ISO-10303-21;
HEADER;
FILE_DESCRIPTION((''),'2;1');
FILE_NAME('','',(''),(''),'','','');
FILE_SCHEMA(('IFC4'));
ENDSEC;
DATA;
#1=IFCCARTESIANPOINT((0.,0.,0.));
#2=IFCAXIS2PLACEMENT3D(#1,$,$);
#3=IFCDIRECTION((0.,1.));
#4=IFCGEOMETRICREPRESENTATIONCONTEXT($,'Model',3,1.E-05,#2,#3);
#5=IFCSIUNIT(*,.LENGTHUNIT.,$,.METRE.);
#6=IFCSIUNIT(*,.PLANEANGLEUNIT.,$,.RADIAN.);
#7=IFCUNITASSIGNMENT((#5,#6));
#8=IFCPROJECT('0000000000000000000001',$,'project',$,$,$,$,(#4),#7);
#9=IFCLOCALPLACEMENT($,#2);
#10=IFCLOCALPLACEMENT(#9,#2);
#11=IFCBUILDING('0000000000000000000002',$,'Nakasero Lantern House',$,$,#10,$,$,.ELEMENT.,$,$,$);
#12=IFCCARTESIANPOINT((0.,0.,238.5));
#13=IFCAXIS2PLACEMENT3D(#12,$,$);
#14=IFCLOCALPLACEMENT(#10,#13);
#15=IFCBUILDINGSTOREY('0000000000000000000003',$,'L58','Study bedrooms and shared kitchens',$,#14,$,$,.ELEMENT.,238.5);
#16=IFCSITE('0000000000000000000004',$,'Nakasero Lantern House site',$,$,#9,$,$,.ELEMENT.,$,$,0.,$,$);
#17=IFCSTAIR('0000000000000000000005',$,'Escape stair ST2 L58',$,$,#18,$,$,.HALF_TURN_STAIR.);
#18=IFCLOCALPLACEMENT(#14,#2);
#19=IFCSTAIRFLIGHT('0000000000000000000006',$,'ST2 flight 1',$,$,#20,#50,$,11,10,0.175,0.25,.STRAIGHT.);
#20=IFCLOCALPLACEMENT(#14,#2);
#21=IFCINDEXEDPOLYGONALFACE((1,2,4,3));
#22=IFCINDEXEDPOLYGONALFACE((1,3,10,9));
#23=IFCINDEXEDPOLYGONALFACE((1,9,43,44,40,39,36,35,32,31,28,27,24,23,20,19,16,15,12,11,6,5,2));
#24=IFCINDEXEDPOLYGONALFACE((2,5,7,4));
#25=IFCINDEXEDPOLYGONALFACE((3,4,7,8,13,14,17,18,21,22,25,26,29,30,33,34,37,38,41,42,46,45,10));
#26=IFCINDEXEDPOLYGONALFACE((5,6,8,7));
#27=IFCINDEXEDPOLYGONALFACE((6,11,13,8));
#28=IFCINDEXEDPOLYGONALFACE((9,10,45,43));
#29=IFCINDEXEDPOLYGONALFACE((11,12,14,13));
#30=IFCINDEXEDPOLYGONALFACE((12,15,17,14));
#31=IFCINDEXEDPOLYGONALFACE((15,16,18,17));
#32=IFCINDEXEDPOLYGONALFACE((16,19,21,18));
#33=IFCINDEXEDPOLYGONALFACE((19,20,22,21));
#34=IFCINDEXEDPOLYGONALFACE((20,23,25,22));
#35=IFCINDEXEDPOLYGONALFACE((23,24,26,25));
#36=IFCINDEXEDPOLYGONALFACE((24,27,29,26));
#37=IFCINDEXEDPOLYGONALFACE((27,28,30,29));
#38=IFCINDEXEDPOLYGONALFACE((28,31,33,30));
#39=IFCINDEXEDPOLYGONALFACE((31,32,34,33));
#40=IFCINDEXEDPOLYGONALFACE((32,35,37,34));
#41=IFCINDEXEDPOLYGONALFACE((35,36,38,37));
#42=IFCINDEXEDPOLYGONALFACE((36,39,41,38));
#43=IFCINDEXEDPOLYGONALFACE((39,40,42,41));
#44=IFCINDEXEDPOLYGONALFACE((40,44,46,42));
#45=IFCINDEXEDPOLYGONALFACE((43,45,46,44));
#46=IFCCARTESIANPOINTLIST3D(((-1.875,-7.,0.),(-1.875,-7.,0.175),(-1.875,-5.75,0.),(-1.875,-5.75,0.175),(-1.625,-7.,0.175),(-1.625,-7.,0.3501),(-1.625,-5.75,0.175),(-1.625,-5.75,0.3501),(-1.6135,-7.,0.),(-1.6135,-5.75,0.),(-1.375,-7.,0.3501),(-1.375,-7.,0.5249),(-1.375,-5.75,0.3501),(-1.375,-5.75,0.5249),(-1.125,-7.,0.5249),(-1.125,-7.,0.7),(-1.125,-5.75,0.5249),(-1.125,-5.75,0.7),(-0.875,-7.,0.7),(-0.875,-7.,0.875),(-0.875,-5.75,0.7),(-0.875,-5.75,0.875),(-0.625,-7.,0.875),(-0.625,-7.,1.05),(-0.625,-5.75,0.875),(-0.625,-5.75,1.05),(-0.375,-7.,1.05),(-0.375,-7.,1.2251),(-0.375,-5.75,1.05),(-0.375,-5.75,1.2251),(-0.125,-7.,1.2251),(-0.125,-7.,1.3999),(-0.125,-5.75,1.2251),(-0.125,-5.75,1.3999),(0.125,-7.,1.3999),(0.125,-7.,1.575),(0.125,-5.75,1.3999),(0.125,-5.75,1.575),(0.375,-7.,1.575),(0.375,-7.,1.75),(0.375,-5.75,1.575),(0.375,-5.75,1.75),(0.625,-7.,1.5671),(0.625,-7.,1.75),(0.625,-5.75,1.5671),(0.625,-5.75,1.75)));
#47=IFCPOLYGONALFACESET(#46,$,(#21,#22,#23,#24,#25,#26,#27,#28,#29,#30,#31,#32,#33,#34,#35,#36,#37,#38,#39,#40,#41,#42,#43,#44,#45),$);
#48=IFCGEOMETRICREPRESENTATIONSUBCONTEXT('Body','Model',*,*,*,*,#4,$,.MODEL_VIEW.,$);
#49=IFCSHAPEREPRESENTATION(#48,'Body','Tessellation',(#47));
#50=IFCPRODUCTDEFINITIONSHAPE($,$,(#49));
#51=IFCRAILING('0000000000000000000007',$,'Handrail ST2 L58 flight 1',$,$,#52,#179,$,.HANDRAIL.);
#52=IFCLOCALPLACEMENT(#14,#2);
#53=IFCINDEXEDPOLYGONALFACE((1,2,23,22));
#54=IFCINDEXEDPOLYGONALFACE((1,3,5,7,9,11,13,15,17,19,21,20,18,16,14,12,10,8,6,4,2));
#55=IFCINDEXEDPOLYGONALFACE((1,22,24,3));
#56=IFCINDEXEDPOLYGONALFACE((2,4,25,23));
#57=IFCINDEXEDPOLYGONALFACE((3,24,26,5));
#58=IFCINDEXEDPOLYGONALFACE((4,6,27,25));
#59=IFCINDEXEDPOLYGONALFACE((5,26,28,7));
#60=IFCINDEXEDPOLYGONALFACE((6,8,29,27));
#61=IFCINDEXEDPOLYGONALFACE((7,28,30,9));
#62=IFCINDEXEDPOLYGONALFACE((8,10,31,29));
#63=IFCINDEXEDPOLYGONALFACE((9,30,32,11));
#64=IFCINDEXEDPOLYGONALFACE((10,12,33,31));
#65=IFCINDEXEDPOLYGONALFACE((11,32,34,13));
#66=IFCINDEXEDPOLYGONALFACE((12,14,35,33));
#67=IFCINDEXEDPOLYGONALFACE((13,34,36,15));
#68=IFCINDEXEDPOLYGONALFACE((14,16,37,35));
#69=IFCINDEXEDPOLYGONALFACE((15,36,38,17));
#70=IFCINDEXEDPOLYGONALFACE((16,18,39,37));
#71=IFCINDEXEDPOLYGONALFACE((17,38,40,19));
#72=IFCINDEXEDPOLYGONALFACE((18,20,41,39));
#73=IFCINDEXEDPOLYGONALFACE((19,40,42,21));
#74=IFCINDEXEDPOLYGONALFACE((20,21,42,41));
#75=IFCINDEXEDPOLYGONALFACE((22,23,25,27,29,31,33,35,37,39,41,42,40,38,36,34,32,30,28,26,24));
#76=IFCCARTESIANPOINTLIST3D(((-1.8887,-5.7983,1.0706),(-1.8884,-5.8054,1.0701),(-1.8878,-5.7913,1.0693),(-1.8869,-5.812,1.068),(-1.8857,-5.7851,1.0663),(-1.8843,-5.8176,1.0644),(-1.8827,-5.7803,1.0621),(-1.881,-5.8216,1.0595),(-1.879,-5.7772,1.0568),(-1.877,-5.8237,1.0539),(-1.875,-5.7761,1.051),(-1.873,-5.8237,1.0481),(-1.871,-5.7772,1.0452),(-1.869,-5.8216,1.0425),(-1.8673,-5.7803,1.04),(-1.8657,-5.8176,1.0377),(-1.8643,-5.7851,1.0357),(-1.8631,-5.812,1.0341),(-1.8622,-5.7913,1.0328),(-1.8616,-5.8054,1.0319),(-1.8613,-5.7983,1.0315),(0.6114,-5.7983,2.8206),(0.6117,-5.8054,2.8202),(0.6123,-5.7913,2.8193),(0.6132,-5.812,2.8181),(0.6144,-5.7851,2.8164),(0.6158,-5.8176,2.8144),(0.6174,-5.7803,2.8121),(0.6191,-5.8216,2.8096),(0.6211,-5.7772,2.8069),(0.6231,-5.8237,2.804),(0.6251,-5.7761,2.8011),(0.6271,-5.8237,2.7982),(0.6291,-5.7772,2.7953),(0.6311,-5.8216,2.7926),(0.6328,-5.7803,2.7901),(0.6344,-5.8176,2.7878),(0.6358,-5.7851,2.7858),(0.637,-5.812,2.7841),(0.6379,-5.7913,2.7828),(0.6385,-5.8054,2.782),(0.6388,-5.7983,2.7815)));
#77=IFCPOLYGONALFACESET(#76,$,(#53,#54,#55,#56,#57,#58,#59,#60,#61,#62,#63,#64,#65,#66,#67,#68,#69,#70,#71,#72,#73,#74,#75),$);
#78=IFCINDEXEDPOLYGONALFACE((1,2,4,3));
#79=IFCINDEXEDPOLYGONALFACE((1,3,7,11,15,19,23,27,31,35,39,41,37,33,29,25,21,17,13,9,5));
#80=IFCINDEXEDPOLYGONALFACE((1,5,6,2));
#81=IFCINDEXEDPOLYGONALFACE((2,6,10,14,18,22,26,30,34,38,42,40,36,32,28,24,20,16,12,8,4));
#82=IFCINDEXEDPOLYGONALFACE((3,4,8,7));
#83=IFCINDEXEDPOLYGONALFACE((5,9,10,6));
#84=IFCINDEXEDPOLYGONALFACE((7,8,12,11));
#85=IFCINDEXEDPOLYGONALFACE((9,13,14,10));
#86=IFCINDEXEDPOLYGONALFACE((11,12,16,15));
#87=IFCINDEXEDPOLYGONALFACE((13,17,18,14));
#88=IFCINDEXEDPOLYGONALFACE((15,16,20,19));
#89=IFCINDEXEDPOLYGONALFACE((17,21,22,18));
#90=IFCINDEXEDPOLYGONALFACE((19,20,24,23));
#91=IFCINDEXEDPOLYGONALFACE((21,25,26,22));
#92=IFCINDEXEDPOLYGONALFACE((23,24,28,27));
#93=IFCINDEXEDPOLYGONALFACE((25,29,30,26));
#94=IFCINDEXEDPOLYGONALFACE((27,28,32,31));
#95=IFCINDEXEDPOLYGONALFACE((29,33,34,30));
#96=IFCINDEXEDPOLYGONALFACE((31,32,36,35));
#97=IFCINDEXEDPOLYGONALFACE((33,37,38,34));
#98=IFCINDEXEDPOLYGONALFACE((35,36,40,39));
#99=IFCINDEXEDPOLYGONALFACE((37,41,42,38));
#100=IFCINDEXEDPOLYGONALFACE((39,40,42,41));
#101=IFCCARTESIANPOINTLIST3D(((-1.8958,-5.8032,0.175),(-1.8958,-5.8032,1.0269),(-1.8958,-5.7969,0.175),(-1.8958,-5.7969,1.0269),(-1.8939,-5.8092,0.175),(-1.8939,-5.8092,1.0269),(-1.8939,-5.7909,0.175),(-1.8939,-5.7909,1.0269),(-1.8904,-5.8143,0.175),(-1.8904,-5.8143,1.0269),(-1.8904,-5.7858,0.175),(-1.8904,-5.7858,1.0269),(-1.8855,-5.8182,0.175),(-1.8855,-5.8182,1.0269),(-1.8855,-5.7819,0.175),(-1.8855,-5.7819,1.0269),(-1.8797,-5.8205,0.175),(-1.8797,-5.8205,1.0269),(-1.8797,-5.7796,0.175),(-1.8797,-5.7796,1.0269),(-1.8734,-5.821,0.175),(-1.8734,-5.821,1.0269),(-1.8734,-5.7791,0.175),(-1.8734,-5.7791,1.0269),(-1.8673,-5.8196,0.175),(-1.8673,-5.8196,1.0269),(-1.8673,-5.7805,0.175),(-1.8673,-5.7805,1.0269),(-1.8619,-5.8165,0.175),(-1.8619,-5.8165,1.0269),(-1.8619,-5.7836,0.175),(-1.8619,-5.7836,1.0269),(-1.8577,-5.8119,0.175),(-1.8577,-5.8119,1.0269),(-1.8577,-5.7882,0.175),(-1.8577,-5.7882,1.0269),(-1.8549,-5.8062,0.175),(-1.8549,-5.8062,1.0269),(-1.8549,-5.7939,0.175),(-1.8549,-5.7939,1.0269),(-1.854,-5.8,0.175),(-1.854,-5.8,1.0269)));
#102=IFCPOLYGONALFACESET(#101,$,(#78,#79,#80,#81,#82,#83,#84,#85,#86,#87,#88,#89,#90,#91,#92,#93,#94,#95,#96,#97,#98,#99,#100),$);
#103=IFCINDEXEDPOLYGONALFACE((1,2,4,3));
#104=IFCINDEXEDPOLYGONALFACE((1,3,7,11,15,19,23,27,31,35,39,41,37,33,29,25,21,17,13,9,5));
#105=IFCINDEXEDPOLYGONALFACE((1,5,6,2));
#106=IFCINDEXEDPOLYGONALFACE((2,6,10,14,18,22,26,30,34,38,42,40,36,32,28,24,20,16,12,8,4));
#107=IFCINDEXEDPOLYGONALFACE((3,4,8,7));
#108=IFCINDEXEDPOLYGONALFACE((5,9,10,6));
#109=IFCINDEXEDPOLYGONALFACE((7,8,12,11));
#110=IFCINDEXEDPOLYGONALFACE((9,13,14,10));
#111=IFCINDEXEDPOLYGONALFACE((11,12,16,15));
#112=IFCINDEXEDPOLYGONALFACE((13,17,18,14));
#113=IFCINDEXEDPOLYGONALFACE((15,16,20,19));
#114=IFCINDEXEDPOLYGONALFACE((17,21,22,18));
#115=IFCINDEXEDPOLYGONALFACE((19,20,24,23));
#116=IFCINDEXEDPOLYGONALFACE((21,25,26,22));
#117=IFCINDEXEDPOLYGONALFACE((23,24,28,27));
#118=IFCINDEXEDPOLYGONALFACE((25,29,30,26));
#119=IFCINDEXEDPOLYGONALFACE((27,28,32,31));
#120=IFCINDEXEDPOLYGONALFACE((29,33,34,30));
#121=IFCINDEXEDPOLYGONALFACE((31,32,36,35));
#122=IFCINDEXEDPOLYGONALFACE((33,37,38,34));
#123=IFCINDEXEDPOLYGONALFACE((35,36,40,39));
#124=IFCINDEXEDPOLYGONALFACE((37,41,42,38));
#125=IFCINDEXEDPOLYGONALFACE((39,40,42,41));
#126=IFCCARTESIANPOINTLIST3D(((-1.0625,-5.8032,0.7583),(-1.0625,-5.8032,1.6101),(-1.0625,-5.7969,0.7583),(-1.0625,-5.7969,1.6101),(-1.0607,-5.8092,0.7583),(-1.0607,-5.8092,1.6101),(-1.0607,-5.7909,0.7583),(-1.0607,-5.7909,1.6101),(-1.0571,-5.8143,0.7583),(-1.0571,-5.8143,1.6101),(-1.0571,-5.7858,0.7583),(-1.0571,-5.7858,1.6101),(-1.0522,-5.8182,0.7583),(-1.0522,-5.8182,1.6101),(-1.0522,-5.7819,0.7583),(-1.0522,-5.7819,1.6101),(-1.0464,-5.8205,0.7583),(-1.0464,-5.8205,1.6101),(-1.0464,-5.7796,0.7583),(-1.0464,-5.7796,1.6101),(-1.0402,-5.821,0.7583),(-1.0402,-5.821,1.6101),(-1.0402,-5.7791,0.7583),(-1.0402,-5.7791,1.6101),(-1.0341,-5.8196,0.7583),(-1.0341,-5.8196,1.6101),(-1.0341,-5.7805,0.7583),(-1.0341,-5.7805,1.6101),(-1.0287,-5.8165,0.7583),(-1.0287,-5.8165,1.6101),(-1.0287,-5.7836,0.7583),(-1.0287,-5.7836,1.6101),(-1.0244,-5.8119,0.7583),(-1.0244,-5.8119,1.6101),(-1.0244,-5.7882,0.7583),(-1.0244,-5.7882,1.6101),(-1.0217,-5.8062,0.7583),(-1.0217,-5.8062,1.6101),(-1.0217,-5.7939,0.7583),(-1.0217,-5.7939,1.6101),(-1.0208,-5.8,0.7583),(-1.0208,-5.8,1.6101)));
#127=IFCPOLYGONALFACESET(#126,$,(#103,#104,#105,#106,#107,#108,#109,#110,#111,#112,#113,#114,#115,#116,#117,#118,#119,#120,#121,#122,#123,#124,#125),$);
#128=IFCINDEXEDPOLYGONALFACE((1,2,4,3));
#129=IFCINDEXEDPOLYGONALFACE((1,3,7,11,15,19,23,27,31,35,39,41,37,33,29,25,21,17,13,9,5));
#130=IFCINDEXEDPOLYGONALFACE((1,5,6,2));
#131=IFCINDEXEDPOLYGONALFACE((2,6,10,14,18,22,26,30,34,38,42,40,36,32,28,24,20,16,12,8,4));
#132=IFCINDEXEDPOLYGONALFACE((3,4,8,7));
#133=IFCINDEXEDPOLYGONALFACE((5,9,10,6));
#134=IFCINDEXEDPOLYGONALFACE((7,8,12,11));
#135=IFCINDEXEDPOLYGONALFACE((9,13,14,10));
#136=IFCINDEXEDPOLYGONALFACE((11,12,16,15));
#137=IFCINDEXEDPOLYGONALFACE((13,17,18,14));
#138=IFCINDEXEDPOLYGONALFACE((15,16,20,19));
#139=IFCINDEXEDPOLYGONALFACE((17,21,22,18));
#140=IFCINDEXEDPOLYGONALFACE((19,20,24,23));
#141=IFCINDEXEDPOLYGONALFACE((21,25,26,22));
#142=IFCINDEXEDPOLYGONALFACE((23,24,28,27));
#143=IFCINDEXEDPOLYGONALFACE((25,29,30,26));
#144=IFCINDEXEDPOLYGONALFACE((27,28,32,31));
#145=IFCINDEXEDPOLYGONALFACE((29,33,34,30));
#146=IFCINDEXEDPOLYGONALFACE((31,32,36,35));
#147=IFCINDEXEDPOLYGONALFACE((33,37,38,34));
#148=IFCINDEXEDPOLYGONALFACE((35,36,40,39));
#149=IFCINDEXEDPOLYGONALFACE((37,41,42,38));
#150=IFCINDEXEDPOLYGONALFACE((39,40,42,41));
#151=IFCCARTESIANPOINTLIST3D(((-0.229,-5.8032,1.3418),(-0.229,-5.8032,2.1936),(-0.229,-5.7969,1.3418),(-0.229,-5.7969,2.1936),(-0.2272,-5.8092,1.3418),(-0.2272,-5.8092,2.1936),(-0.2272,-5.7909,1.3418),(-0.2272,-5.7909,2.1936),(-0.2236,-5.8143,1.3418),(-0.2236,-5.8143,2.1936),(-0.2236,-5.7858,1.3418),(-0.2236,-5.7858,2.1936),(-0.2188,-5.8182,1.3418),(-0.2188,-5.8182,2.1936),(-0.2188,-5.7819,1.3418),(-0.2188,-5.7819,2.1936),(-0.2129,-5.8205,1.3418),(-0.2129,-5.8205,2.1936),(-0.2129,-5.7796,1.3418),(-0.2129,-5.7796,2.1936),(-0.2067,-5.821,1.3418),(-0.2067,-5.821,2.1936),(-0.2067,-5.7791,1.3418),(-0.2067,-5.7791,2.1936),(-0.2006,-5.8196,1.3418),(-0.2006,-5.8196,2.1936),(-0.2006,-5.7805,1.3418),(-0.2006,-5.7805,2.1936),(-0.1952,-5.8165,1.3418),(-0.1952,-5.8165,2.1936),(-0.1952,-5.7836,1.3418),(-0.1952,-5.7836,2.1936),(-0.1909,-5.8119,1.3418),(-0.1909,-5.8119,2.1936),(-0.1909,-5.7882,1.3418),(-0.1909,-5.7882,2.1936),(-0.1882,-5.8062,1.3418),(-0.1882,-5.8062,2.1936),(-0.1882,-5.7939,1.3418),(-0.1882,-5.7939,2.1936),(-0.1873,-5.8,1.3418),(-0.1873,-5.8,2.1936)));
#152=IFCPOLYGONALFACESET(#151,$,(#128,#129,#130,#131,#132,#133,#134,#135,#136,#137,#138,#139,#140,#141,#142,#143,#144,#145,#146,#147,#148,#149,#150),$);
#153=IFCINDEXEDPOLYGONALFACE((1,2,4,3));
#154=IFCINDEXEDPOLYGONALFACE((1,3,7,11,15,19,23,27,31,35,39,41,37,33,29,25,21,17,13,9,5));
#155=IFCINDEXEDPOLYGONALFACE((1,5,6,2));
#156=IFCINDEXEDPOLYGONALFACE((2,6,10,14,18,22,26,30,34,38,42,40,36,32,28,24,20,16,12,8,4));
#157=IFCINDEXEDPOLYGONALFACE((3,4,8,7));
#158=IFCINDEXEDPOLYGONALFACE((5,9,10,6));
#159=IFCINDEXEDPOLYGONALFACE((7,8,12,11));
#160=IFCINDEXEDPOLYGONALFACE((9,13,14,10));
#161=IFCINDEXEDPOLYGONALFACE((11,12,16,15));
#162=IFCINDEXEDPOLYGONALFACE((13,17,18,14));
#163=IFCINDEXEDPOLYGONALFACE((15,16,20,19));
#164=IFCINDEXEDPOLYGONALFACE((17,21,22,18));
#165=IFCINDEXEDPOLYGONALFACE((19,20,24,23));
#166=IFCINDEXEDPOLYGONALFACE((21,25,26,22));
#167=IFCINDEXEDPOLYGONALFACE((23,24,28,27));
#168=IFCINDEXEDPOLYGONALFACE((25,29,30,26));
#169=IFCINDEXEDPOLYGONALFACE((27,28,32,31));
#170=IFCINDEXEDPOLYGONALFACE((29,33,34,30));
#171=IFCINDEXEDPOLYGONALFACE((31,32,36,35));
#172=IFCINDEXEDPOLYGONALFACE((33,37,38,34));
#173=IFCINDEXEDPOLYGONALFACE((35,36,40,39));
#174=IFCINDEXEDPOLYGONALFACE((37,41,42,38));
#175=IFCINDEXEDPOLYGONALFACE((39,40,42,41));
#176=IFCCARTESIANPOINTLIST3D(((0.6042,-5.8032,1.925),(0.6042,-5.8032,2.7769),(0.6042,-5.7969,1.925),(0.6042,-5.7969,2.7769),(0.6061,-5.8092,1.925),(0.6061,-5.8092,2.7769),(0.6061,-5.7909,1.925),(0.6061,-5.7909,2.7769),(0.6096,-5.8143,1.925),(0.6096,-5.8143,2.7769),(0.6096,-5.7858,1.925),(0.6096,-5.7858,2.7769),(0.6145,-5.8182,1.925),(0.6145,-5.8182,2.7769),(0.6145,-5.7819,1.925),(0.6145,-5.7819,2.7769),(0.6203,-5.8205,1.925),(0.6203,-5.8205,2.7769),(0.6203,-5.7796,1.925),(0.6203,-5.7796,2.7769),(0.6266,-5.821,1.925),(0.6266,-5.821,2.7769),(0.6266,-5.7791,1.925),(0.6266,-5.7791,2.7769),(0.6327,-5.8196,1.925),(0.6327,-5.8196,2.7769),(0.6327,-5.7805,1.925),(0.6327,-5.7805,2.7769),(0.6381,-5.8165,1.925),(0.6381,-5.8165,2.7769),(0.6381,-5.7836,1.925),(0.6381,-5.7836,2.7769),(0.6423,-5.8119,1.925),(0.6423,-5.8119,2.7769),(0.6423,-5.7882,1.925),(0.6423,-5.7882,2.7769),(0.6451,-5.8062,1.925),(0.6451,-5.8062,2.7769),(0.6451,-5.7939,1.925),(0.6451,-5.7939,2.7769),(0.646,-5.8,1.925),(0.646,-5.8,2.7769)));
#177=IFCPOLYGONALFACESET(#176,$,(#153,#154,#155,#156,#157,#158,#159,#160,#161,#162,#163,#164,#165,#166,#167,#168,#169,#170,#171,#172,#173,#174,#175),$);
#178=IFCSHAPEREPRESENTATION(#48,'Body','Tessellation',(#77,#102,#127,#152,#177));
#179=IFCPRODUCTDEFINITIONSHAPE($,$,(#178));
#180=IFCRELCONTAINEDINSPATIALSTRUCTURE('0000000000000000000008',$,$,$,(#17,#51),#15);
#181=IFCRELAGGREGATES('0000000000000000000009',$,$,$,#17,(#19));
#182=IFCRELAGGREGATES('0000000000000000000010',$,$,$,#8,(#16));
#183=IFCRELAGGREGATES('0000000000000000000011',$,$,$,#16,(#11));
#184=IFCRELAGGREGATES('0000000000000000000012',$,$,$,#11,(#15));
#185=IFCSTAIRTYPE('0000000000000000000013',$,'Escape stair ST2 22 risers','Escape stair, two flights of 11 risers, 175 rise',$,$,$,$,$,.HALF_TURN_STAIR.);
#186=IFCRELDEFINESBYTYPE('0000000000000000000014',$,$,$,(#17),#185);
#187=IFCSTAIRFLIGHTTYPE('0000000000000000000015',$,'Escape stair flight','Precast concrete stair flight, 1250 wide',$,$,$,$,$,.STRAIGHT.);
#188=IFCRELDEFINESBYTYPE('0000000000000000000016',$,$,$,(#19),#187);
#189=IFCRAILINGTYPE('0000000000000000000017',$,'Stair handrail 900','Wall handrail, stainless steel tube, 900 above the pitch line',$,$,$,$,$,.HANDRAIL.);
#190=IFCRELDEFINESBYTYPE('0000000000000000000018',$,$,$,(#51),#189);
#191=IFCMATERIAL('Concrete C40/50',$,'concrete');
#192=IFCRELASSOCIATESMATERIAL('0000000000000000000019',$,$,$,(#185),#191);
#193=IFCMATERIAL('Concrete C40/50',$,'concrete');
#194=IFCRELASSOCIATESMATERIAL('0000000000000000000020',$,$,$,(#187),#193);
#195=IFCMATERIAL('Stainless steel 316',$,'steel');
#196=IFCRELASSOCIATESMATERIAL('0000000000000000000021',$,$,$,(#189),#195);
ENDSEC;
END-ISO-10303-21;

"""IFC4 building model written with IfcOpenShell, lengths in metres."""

from ifc_helpers import new_model, si_unit, direction, frame, origin, origin_2d, place, context, subcontext, project, spatial, polyline, circle, outline, extrude, material, type_object, element, aggregate, save


model = new_model("IFC4")

# Units and contexts
model_context = context("Model", 3, precision=1e-05, world=origin(), true_north=direction((0.0, 1.0)))
body_context = subcontext(model_context, "Body", "Model", "MODEL_VIEW")
ifc_project = project(units=[si_unit("LENGTHUNIT", "METRE"), si_unit("PLANEANGLEUNIT", "RADIAN")], contexts=[model_context])

# Site, building, storey
site_placement = place(None, origin())
site = spatial("IfcSite", under=ifc_project, at=site_placement, Name="Nakasero Lantern House site", CompositionType="ELEMENT", RefElevation=0.0)
building_placement = place(site_placement, origin())
building = spatial("IfcBuilding", under=site, at=building_placement, Name="Nakasero Lantern House", CompositionType="ELEMENT")
storey_placement = place(building_placement, frame((0.0, 0.0, 238.5)))
storey = spatial("IfcBuildingStorey", under=building, at=storey_placement, Name="L58", Description="Study bedrooms and shared kitchens", CompositionType="ELEMENT", Elevation=238.5)

# Stair, stair flight
ifc_material_1 = material(Name="Concrete C40/50", Category="concrete")
stair_type = type_object("IfcStairType", Name="Escape stair ST2 22 risers", Description="Escape stair, two flights of 11 risers, 175 rise", PredefinedType="HALF_TURN_STAIR", material=ifc_material_1)
stair_placement = place(storey_placement, origin())
stair = element("IfcStair", 1, at=stair_placement, inside=storey, type_object=stair_type, Name="Escape stair ST2 L58", PredefinedType="HALF_TURN_STAIR")
ifc_material_2 = material(Name="Concrete C40/50", Category="concrete")
stair_flight_type = type_object("IfcStairFlightType", Name="Escape stair flight", Description="Precast concrete stair flight, 1250 wide", PredefinedType="STRAIGHT", material=ifc_material_2)
stair_flight_placement = place(storey_placement, frame((-1.875, -6.375, 0.0), z_axis=(0.0, 0.0, 1.0), x_axis=(1.0, 0.0, 0.0)))
stair_flight = element("IfcStairFlight", 2, at=stair_flight_placement, type_object=stair_flight_type, Name="ST2 flight 1", NumberOfRisers=11, NumberOfTreads=10, PredefinedType="STRAIGHT", RiserHeight=0.175, TreadLength=0.25, context=body_context, shape_type="SweptSolid", body=[
    extrude(outline(polyline([(0.0, 0.0), (0.0, 0.175), (0.25, 0.175), (0.25, 0.3501), (0.5, 0.3501), (0.5, 0.5249), (0.75, 0.5249), (0.75, 0.7), (1.0, 0.7), (1.0, 0.875), (1.25, 0.875), (1.25, 1.05), (1.5, 1.05), (1.5, 1.2251), (1.75, 1.2251), (1.75, 1.3999), (2.0, 1.3999), (2.0, 1.575), (2.25, 1.575), (2.25, 1.75), (2.5, 1.75), (2.5, 1.925), (2.5, 1.5671), (0.2615, 0.0), (0.0, 0.0)])), frame((0.0, 0.625, 0.0), z_axis=(0.0, -1.0, 0.0), x_axis=(1.0, 0.0, 0.0)), (0.0, 0.0, 1.0), 1.25),
])
aggregate(stair, [stair_flight])

# Railing
ifc_material_3 = material(Name="Stainless steel 316", Category="steel")
railing_type = type_object("IfcRailingType", Name="Stair handrail 900", Description="Wall handrail, stainless steel tube, 900 above the pitch line", PredefinedType="HANDRAIL", material=ifc_material_3)
railing_placement = place(storey_placement, frame((-1.875, -5.8, 0.175)))
element("IfcRailing", 3, at=railing_placement, inside=storey, type_object=railing_type, Name="Handrail ST2 L58 flight 1", PredefinedType="HANDRAIL", context=body_context, shape_type="SweptSolid", body=[
    extrude(circle(Radius=0.0239, at=origin_2d()), frame((0.0, 0.0, 0.876), z_axis=(0.819232, 0.0, 0.573462), x_axis=(0.0, 1.0, 0.0)), (0.0, 0.0, 1.0), 3.0518),
    extrude(circle(Radius=0.021, at=origin_2d()), origin(), (0.0, 0.0, 1.0), 0.8518),
    extrude(circle(Radius=0.021, at=origin_2d()), frame((0.8333, 0.0, 0.5833)), (0.0, 0.0, 1.0), 0.8518),
    extrude(circle(Radius=0.021, at=origin_2d()), frame((1.6667, 0.0, 1.1667)), (0.0, 0.0, 1.0), 0.8518),
    extrude(circle(Radius=0.021, at=origin_2d()), frame((2.5, 0.0, 1.75)), (0.0, 0.0, 1.0), 0.8518),
])

save(model, "model.ifc")
